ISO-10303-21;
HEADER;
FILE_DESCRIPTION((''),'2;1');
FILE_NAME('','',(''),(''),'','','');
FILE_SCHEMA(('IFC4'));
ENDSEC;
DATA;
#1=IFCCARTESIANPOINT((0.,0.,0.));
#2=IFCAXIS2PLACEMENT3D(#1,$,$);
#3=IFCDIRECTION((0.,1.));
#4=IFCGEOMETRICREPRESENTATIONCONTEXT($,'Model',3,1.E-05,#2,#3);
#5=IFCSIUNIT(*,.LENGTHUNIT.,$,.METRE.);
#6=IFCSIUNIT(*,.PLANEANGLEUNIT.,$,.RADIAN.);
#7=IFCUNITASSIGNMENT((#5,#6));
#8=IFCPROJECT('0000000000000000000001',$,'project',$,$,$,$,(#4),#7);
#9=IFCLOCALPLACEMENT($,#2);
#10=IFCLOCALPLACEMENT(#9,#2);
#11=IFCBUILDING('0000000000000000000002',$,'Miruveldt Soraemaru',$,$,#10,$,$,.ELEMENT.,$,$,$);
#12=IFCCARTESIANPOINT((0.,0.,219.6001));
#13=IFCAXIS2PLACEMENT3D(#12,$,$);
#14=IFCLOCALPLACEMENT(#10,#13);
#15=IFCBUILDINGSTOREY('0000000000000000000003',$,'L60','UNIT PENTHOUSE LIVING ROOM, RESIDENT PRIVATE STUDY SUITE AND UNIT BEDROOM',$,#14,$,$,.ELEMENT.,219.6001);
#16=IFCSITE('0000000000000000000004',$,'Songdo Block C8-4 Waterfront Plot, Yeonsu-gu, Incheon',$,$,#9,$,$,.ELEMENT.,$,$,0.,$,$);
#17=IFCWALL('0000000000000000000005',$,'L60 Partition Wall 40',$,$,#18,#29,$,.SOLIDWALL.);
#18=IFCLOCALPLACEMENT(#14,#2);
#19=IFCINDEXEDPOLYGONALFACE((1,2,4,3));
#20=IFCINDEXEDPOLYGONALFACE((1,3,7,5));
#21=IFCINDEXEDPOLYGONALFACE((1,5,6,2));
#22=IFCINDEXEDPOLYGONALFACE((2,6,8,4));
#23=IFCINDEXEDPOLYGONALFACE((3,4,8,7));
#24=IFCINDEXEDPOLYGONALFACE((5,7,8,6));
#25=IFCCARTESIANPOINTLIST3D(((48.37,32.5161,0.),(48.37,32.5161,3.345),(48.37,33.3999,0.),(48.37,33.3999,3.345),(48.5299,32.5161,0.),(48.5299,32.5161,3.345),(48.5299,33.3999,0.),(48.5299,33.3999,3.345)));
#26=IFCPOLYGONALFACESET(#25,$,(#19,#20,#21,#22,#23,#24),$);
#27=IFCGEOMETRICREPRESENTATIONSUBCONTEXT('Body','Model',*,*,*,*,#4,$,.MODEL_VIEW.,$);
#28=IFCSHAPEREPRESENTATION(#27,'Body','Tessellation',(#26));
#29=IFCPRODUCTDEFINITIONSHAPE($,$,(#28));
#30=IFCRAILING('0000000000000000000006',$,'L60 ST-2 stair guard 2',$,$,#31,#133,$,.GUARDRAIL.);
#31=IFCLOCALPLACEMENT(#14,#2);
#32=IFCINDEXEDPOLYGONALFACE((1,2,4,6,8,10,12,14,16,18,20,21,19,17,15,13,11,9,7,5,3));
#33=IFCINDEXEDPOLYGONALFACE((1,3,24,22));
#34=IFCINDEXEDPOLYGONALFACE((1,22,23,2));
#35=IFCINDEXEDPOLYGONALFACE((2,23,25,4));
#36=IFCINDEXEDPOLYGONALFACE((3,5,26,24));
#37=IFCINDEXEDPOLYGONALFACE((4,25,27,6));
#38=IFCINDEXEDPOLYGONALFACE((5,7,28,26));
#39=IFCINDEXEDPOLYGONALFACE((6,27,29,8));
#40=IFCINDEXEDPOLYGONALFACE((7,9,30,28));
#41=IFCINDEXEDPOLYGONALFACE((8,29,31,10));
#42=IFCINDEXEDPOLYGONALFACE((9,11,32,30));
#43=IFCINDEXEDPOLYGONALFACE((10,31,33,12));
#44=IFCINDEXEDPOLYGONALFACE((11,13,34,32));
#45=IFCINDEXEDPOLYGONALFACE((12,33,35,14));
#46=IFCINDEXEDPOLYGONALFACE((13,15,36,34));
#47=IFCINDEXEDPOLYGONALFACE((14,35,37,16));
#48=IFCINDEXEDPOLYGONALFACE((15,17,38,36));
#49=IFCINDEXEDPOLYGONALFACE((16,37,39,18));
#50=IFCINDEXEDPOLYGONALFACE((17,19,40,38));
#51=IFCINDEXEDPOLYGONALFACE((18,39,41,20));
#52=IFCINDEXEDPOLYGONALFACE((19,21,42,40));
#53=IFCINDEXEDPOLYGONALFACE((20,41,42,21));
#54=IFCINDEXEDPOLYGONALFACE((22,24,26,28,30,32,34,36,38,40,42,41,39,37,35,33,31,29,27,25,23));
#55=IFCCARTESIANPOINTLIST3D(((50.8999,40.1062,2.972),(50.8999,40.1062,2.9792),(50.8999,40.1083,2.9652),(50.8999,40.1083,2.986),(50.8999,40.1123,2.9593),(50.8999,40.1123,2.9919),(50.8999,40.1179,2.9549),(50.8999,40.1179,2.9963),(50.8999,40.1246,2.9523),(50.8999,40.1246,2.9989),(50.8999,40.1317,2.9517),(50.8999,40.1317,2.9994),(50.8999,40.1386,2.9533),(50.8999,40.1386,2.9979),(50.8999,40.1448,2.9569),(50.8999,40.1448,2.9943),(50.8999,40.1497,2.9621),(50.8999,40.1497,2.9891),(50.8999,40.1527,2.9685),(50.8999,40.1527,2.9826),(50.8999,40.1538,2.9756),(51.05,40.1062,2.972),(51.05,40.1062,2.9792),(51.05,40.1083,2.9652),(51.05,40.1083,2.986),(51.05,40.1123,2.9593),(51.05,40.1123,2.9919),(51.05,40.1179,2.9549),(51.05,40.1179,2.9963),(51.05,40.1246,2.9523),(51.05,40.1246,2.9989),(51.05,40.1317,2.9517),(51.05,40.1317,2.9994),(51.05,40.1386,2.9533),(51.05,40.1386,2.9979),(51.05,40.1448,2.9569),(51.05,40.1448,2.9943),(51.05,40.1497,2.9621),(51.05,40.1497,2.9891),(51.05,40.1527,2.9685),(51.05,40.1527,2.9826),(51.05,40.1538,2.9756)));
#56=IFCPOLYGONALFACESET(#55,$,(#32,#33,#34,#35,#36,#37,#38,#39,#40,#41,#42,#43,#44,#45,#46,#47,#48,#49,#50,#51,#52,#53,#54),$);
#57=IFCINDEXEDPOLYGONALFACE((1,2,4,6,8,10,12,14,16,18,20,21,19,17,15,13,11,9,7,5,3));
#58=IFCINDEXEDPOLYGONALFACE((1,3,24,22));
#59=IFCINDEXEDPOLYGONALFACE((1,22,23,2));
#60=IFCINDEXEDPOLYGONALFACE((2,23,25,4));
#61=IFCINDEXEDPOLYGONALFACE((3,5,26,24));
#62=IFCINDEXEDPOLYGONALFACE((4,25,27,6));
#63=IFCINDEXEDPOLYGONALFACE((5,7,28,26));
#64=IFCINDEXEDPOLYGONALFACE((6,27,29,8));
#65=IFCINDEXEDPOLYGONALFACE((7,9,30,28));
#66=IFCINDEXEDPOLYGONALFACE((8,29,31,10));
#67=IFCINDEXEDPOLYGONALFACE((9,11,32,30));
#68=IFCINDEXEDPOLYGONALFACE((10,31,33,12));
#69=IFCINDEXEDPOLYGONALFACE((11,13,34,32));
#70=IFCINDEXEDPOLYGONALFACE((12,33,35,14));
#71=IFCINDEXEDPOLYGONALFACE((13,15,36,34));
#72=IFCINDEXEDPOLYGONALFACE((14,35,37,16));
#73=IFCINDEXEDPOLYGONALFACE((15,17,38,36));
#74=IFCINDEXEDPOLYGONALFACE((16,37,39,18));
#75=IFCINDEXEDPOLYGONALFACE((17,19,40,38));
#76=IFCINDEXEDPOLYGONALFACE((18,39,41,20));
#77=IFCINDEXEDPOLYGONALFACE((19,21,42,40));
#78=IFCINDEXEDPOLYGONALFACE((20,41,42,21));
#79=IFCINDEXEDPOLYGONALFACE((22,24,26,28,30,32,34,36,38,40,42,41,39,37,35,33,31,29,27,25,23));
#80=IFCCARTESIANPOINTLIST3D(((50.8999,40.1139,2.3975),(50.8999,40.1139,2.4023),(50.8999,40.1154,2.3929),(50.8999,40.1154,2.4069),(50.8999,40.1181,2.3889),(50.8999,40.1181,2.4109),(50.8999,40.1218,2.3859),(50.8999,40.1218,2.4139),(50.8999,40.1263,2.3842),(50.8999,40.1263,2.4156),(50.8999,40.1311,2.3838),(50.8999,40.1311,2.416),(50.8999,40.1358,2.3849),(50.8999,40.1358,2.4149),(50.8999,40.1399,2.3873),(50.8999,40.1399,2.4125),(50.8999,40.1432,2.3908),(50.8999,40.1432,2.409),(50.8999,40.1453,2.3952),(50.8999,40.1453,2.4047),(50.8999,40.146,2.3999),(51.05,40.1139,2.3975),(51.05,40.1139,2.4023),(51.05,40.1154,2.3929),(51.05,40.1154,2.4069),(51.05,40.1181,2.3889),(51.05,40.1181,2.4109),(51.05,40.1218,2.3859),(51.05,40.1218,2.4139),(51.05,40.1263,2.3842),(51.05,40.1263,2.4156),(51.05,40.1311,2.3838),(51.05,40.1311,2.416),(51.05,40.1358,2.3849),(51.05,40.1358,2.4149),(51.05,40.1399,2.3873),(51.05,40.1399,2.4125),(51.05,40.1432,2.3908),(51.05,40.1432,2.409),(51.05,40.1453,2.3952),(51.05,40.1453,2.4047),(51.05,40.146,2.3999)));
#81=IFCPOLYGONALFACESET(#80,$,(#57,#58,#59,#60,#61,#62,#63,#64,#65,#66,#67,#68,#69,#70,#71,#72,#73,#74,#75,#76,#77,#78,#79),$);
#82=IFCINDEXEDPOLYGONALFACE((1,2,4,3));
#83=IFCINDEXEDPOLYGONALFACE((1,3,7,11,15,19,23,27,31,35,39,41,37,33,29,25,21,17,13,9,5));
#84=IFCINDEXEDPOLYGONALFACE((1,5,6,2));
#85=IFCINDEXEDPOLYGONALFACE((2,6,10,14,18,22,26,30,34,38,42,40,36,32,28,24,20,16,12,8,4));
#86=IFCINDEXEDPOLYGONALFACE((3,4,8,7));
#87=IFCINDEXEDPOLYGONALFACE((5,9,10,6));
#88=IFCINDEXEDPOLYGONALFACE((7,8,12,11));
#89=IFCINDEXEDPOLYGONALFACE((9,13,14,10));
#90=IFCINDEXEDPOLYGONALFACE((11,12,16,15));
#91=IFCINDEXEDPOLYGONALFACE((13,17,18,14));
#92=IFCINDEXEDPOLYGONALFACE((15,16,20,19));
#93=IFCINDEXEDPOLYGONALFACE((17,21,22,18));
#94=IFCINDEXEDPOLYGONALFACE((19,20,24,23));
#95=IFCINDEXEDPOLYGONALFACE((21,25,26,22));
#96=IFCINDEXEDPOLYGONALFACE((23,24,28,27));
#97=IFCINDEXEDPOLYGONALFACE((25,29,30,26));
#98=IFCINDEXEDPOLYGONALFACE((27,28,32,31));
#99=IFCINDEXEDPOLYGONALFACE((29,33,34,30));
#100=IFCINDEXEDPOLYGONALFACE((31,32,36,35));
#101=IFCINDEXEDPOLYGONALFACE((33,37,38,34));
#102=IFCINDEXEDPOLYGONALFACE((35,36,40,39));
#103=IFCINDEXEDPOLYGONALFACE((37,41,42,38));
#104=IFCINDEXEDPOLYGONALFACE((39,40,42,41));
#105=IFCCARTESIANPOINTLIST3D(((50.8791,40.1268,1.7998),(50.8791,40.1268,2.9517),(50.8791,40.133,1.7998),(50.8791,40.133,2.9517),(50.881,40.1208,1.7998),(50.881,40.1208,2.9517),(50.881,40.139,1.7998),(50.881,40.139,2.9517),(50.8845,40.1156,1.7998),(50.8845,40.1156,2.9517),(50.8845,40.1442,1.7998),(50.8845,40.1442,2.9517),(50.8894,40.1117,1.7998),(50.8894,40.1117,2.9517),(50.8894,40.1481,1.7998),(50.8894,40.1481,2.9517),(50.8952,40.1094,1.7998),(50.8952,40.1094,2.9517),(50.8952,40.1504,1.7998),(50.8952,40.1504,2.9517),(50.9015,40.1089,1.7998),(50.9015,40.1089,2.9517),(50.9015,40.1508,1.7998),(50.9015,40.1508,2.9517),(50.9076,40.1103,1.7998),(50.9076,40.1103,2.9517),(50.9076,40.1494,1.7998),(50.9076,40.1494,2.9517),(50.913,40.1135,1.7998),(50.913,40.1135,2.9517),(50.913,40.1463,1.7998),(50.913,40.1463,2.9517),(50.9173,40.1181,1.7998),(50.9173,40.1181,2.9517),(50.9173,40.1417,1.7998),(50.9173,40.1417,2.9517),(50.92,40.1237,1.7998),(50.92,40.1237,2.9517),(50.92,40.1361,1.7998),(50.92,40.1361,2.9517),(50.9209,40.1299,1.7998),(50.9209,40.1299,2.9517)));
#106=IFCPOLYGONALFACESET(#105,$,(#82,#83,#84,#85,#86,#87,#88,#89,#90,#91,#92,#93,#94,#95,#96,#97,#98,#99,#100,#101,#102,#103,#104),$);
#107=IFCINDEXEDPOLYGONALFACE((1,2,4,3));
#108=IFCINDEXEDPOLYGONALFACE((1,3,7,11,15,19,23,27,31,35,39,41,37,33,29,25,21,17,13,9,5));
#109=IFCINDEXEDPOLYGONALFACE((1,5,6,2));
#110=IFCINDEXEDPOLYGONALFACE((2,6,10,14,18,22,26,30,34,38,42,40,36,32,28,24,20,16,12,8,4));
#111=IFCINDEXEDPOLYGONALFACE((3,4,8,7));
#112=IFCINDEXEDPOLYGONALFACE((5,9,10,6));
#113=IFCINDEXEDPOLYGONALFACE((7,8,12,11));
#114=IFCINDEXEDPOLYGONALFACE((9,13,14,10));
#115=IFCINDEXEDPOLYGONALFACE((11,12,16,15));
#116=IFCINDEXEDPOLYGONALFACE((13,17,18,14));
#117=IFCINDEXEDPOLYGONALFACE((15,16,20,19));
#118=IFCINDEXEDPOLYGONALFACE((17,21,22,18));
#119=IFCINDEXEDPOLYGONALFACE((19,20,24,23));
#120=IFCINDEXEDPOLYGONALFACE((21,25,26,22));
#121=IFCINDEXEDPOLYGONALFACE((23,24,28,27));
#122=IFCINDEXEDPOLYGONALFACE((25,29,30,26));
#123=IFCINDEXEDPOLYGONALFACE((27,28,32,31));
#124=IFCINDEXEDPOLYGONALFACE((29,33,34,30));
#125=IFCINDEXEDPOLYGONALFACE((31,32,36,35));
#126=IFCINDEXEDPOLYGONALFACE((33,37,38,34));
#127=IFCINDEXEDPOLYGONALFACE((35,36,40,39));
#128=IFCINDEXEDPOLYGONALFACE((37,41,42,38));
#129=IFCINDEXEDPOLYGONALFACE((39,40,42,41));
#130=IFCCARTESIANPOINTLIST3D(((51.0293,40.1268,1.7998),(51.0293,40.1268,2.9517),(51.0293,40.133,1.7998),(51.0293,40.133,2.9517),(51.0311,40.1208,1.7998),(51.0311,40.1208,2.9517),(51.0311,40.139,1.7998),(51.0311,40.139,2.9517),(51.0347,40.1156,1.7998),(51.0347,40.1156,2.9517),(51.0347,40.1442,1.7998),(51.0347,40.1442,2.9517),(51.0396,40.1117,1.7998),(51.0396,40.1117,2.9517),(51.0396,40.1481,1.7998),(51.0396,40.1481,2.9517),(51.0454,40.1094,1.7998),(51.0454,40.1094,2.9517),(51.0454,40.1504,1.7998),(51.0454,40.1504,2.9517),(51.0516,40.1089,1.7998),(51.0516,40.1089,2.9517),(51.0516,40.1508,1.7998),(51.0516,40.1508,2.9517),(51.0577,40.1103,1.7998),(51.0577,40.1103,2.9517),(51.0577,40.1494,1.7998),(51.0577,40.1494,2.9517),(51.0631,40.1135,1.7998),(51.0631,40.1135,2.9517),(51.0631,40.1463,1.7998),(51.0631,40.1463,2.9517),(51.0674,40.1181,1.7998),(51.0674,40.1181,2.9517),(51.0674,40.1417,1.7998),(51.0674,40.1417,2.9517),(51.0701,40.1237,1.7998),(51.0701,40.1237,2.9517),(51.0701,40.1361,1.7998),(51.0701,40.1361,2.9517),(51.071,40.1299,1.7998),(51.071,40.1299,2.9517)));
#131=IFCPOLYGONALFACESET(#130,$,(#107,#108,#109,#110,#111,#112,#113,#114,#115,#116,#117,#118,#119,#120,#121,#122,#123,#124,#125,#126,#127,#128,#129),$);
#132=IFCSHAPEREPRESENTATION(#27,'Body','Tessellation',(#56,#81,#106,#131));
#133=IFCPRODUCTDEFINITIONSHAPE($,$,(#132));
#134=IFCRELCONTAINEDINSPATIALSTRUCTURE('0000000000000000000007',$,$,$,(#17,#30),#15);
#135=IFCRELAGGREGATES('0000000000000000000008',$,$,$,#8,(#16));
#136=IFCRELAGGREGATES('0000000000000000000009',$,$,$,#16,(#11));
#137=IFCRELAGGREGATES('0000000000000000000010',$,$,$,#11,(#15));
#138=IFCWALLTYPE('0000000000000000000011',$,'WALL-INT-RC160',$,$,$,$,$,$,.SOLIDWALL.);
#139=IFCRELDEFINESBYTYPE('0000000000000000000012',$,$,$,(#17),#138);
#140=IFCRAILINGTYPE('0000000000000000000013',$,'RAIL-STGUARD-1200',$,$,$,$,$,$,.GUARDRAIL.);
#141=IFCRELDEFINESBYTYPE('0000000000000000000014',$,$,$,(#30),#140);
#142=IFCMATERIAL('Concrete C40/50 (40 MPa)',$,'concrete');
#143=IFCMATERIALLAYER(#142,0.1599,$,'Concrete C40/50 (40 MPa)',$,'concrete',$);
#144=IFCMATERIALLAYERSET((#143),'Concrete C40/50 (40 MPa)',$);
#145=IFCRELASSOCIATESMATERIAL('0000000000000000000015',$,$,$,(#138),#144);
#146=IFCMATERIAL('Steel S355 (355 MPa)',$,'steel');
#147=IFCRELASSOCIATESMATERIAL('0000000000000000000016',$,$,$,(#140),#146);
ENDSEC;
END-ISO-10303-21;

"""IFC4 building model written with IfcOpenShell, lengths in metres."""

from ifc_helpers import new_model, si_unit, direction, frame, frame_2d, origin, origin_2d, place, context, subcontext, project, spatial, rectangle, circle, extrude, material, layer, layer_set, type_object, element, save


model = new_model("IFC4")

# Units and contexts
model_context = context("Model", 3, precision=1e-05, world=origin(), true_north=direction((0.0, 1.0)))
body_context = subcontext(model_context, "Body", "Model", "MODEL_VIEW")
ifc_project = project(units=[si_unit("LENGTHUNIT", "METRE"), si_unit("PLANEANGLEUNIT", "RADIAN")], contexts=[model_context])

# Site, building, storey
site_placement = place(None, origin())
site = spatial("IfcSite", under=ifc_project, at=site_placement, Name="Songdo Block C8-4 Waterfront Plot, Yeonsu-gu, Incheon", CompositionType="ELEMENT", RefElevation=0.0)
building_placement = place(site_placement, origin())
building = spatial("IfcBuilding", under=site, at=building_placement, Name="Miruveldt Soraemaru", CompositionType="ELEMENT")
storey_placement = place(building_placement, frame((0.0, 0.0, 219.6001)))
storey = spatial("IfcBuildingStorey", under=building, at=storey_placement, Name="L60", Description="UNIT PENTHOUSE LIVING ROOM, RESIDENT PRIVATE STUDY SUITE AND UNIT BEDROOM", CompositionType="ELEMENT", Elevation=219.6001)

# Shared definitions
ifc_material_1 = material(Name="Concrete C40/50 (40 MPa)", Category="concrete")
ifc_layer_1 = layer(ifc_material_1, 0.1599, Name="Concrete C40/50 (40 MPa)", Category="concrete")
ifc_layer_set_1 = layer_set([ifc_layer_1], Name="Concrete C40/50 (40 MPa)")
wall_type_1 = type_object("IfcWallType", Name="WALL-INT-RC160", PredefinedType="SOLIDWALL", material=ifc_layer_set_1)

# Wall
wall_1_placement = place(storey_placement, frame((48.45, 32.5161, 0.0), z_axis=(0.0, 0.0, 1.0), x_axis=(0.0, 1.0, 0.0)))
element("IfcWall", 1, at=wall_1_placement, inside=storey, type_object=wall_type_1, Name="L60 Partition Wall 40", PredefinedType="SOLIDWALL", context=body_context, shape_type="SweptSolid", body=[
    extrude(rectangle(XDim=0.8838, YDim=0.1599, at=frame_2d((0.4419, 0.0))), origin(), (0.0, 0.0, 1.0), 3.345),
])

# Railing
ifc_material_2 = material(Name="Steel S355 (355 MPa)", Category="steel")
railing_type = type_object("IfcRailingType", Name="RAIL-STGUARD-1200", PredefinedType="GUARDRAIL", material=ifc_material_2)
railing_placement = place(storey_placement, frame((50.8999, 40.1299, 1.7998)))
element("IfcRailing", 2, at=railing_placement, inside=storey, type_object=railing_type, Name="L60 ST-2 stair guard 2", PredefinedType="GUARDRAIL", context=body_context, shape_type="SweptSolid", body=[
    extrude(circle(Radius=0.0239, at=origin_2d()), frame((0.0, 0.0, 1.1758), z_axis=(1.0, 0.0, 0.0), x_axis=(0.0, 1.0, 0.0)), (0.0, 0.0, 1.0), 0.1501),
    extrude(circle(Radius=0.0161, at=origin_2d()), frame((0.0, 0.0, 0.6001), z_axis=(1.0, 0.0, 0.0), x_axis=(0.0, 1.0, 0.0)), (0.0, 0.0, 1.0), 0.1501),
    extrude(circle(Radius=0.021, at=origin_2d()), origin(), (0.0, 0.0, 1.0), 1.1519),
    extrude(circle(Radius=0.021, at=origin_2d()), frame((0.1501, 0.0, 0.0)), (0.0, 0.0, 1.0), 1.1519),
])

save(model, "model.ifc")
